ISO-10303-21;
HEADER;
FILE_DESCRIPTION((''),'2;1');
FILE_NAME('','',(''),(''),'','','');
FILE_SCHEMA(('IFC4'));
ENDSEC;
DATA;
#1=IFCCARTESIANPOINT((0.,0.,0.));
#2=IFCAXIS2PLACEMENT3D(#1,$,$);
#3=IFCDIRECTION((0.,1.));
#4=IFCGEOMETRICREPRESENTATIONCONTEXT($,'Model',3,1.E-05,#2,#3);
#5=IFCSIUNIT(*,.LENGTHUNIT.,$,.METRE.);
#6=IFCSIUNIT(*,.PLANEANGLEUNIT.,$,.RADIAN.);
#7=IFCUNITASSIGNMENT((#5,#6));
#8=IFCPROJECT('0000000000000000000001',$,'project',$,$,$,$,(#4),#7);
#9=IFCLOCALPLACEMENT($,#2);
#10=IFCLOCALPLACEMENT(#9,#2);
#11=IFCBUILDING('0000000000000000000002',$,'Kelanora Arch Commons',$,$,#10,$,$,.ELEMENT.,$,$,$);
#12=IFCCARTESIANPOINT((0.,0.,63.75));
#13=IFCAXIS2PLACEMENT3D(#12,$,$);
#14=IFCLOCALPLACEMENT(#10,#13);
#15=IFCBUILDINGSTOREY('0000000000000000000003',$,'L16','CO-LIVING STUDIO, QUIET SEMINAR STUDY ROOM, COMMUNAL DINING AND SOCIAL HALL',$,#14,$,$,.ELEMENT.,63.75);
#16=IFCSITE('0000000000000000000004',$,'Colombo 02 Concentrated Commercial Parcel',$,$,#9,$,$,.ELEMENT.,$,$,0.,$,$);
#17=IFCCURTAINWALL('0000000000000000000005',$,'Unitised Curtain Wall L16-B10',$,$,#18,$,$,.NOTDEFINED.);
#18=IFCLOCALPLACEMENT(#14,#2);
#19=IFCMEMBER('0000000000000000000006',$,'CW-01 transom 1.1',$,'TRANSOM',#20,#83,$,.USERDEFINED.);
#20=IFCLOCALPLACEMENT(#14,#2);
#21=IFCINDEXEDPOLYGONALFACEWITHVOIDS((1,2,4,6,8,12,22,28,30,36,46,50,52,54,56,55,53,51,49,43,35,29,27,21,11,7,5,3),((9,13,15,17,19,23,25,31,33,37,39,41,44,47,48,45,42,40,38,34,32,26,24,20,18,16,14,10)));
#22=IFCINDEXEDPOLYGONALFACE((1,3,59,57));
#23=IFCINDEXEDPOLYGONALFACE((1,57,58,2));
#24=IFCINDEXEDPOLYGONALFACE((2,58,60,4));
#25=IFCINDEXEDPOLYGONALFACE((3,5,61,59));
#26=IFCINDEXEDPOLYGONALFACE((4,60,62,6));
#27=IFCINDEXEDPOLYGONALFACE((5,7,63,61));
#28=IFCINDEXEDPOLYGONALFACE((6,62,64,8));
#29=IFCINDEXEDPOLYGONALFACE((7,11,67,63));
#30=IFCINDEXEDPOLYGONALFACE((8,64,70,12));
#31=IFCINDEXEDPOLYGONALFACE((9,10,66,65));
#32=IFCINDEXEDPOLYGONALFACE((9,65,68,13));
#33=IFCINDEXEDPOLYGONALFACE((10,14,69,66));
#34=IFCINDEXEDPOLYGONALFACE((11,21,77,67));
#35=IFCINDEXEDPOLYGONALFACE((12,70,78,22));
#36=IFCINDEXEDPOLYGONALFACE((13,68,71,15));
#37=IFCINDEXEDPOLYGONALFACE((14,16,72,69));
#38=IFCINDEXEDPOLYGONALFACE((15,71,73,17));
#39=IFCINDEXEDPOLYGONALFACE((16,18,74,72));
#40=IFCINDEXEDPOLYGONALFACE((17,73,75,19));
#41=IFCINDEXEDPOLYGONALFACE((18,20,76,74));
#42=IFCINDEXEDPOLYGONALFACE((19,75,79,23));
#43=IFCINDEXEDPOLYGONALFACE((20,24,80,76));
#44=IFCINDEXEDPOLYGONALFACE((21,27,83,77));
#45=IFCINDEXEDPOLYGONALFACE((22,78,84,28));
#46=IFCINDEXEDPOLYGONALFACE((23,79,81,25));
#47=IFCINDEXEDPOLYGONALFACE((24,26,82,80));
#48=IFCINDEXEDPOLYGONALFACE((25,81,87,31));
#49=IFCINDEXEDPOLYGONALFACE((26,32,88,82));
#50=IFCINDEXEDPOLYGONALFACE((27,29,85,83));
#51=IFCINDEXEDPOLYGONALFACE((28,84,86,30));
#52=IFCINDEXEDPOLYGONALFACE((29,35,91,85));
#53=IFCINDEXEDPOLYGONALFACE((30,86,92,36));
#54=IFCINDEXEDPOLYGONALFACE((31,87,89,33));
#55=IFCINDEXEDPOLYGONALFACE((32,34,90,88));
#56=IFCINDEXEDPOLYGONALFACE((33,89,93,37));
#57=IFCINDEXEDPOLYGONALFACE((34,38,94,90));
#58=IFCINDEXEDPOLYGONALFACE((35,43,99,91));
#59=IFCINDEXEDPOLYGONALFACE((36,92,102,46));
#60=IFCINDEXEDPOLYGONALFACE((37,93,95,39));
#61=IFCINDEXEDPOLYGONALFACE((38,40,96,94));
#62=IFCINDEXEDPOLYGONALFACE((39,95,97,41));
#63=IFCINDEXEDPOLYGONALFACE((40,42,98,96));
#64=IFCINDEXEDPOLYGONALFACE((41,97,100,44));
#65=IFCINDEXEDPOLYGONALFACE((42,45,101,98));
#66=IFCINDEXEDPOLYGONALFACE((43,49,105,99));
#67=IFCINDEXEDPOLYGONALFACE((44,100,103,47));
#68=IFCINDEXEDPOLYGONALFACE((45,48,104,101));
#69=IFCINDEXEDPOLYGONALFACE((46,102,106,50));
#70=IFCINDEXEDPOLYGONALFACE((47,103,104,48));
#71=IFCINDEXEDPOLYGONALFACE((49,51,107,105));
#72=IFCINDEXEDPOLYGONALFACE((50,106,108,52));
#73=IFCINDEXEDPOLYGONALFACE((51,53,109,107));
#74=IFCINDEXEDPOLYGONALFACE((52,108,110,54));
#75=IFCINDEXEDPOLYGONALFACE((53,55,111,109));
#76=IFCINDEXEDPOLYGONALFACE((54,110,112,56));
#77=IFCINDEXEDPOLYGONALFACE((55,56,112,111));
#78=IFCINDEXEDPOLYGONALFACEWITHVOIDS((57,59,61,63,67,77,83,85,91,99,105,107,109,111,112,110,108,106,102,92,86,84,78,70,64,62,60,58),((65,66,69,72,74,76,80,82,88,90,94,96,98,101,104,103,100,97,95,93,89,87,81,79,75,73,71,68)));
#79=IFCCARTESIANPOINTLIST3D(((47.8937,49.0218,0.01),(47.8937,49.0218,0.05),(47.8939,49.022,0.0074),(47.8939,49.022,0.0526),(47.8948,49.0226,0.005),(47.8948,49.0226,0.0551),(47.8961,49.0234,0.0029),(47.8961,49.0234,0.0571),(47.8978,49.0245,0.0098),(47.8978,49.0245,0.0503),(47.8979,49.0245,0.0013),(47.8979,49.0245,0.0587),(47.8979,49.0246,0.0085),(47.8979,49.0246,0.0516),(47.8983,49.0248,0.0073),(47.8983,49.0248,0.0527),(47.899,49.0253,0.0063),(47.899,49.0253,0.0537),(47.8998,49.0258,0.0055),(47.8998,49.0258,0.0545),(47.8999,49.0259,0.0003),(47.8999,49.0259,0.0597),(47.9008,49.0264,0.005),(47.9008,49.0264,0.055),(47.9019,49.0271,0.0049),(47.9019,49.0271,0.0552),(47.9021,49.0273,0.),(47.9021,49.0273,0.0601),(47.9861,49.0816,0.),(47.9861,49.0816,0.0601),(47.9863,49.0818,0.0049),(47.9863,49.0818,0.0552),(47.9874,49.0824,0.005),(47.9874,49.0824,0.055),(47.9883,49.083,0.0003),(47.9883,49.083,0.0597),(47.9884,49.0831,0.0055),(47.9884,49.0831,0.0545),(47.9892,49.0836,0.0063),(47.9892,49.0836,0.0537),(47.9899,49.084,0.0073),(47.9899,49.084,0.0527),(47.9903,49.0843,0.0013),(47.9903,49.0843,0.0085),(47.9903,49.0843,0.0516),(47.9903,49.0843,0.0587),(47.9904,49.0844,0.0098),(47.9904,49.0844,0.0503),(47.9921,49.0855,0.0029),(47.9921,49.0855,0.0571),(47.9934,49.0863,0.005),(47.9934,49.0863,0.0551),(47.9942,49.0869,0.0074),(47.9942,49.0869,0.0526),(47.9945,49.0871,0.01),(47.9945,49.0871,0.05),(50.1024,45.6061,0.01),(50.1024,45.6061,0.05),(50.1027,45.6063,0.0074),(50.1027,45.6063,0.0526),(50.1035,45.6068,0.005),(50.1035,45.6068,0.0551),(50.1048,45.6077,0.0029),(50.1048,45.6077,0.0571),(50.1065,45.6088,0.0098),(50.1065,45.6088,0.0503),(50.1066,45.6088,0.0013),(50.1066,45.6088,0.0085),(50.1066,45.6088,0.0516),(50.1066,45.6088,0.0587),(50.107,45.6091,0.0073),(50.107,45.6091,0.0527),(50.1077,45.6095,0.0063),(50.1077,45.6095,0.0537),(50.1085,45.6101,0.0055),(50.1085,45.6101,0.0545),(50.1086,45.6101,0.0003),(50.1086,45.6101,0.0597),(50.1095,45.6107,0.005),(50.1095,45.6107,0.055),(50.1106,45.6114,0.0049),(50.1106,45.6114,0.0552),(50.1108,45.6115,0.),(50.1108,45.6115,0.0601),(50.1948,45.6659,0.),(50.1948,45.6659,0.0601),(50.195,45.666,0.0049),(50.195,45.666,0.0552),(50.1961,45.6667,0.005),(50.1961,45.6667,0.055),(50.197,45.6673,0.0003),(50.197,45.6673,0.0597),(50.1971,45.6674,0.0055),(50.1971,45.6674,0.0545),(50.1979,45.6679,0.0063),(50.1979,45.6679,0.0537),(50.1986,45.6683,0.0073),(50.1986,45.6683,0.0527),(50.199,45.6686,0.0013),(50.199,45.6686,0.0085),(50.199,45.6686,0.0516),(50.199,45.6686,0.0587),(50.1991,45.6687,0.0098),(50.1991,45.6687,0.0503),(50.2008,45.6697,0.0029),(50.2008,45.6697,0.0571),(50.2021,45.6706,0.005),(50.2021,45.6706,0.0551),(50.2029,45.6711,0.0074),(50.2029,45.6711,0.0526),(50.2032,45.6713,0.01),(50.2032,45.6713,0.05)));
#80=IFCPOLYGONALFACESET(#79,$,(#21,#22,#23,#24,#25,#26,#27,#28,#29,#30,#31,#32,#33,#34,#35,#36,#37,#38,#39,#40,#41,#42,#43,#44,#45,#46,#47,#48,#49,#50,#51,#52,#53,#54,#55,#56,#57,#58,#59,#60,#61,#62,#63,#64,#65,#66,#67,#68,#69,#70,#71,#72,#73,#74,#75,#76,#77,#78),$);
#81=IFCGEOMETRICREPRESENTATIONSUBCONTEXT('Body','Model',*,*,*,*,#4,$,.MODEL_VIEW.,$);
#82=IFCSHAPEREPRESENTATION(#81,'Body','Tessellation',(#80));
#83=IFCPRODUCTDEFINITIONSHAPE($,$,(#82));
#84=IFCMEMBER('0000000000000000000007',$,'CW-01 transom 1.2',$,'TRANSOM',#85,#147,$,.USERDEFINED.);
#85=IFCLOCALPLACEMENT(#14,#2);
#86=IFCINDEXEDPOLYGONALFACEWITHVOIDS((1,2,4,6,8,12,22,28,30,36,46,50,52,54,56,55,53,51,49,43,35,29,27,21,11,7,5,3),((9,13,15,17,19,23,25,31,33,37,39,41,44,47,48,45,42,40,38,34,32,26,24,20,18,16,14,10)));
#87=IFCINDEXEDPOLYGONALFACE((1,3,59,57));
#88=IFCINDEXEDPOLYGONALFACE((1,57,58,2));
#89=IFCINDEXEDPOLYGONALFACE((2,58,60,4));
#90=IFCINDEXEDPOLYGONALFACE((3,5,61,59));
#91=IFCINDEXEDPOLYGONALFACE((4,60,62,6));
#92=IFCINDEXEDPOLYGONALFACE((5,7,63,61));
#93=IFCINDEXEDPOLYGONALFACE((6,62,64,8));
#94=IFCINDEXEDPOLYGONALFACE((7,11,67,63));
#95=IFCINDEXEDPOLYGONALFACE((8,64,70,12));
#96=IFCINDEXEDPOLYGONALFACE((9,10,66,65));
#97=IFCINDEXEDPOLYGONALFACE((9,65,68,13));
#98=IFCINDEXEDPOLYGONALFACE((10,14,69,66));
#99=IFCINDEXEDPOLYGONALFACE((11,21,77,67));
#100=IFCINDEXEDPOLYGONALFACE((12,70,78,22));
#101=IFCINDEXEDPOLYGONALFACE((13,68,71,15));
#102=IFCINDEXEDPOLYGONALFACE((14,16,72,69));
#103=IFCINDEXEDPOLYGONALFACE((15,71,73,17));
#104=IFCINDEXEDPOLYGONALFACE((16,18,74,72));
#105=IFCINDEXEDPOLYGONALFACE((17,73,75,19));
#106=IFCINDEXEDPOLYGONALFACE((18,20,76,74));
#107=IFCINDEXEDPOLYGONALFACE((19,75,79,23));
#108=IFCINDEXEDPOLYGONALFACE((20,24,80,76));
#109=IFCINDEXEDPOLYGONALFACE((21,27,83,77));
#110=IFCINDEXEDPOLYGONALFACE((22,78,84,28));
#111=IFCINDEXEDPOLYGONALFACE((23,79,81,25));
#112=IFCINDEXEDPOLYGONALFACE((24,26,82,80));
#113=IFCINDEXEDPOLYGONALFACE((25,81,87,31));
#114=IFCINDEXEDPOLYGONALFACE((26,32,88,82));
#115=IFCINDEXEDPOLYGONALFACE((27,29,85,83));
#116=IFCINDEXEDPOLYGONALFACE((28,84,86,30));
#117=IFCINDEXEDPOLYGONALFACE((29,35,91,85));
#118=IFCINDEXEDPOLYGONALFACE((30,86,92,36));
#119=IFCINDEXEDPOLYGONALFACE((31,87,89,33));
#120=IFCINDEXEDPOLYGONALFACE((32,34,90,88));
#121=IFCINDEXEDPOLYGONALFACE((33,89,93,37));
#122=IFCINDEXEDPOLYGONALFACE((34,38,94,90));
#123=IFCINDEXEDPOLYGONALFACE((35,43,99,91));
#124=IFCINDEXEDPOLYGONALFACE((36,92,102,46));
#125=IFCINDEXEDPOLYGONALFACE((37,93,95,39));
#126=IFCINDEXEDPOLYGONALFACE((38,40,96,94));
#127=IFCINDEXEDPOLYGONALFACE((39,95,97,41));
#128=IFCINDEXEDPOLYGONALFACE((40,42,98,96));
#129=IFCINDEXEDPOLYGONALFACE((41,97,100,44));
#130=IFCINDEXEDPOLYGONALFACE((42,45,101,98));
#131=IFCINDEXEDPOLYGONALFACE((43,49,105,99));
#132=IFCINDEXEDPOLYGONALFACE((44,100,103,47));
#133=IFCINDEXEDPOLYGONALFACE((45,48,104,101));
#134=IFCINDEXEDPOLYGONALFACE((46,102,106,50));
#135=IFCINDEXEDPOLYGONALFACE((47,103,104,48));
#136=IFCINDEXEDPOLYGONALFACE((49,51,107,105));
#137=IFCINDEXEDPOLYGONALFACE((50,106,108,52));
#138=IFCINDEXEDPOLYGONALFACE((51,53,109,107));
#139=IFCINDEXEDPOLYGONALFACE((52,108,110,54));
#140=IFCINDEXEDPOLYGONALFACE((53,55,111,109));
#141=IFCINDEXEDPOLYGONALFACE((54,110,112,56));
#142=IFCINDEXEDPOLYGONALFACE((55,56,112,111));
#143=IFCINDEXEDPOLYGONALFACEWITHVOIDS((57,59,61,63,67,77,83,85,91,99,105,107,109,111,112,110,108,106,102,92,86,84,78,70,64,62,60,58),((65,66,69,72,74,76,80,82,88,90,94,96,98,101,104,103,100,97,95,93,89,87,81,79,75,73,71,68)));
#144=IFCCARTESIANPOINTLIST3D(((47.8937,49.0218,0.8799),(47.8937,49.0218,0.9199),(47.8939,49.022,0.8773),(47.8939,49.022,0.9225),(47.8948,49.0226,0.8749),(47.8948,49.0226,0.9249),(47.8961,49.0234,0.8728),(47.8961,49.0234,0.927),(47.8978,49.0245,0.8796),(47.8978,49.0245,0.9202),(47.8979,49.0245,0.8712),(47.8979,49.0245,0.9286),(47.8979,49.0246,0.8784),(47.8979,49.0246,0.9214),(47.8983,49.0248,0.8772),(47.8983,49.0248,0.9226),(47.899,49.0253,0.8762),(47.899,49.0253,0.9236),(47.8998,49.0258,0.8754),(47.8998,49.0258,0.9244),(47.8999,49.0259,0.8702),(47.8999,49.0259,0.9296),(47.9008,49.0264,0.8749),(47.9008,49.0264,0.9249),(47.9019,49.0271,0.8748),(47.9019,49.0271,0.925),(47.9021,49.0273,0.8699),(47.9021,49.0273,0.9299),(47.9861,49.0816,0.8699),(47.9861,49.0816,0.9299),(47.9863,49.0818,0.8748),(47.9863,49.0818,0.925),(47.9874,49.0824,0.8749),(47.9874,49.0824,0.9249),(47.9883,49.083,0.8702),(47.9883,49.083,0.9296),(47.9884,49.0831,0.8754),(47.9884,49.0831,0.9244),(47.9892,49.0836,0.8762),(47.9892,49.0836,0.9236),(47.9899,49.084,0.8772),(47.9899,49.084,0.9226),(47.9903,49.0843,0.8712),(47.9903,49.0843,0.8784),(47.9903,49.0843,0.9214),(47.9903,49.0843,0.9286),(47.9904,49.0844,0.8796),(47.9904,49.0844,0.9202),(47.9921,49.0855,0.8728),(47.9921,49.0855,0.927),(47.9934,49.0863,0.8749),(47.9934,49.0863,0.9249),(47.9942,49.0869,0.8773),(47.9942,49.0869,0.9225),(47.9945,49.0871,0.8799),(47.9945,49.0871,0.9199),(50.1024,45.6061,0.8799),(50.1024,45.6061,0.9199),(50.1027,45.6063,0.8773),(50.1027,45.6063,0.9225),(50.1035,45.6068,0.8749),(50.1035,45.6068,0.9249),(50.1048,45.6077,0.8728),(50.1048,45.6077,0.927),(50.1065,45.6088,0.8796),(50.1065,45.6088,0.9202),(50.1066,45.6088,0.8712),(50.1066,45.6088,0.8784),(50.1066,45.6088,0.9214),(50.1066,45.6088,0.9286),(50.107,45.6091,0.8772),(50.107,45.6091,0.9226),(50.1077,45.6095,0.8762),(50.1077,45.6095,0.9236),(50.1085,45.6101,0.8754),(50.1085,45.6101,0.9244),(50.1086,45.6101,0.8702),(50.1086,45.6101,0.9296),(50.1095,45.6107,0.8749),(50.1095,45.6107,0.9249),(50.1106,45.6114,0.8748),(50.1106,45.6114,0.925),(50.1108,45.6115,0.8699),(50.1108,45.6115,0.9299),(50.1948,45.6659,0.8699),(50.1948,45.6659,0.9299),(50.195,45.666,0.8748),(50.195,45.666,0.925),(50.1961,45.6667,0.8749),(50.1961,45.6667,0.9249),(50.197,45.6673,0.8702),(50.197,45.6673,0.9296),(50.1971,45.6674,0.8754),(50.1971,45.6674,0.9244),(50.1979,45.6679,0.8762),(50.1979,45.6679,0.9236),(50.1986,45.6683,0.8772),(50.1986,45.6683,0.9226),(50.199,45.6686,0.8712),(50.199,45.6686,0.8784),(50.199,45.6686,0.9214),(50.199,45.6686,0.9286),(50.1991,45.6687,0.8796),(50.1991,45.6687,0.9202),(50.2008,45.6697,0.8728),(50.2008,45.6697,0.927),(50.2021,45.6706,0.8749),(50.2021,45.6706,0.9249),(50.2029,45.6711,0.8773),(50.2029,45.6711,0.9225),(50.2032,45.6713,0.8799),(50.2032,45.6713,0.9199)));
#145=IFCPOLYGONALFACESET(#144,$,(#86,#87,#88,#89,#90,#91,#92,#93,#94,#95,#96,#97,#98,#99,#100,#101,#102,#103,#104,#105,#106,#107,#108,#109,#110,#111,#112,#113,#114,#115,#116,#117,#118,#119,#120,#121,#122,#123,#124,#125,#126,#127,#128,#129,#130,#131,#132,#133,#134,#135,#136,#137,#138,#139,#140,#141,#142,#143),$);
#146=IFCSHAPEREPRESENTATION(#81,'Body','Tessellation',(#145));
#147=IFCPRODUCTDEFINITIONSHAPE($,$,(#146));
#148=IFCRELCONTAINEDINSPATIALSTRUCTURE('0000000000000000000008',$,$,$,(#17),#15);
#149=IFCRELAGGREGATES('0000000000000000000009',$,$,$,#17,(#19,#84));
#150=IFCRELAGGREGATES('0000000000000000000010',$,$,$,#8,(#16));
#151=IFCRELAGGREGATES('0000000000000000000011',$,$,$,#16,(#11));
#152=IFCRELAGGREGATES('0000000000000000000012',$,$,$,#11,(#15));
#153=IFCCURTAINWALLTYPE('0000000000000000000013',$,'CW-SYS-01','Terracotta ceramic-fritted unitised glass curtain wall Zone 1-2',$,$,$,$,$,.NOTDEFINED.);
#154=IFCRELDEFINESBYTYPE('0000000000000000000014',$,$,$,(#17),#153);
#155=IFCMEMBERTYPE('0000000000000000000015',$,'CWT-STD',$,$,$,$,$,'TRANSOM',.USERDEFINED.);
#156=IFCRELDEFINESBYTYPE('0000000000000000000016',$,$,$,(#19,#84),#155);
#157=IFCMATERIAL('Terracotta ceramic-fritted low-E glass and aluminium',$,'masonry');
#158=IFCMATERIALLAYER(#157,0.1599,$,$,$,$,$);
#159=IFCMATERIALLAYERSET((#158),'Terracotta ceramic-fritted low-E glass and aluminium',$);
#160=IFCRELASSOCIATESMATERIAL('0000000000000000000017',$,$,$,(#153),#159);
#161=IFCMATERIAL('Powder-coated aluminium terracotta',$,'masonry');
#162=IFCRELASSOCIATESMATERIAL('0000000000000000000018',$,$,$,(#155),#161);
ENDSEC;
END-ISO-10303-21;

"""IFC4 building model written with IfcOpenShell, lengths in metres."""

from ifc_helpers import new_model, si_unit, direction, frame, origin, origin_2d, place, context, subcontext, project, spatial, hollow_rectangle, extrude, material, layer, layer_set, material_profile, profile_set, type_object, element, aggregate, save


model = new_model("IFC4")

# Units and contexts
model_context = context("Model", 3, precision=1e-05, world=origin(), true_north=direction((0.0, 1.0)))
body_context = subcontext(model_context, "Body", "Model", "MODEL_VIEW")
ifc_project = project(units=[si_unit("LENGTHUNIT", "METRE"), si_unit("PLANEANGLEUNIT", "RADIAN")], contexts=[model_context])

# Site, building, storey
site_placement = place(None, origin())
site = spatial("IfcSite", under=ifc_project, at=site_placement, Name="Colombo 02 Concentrated Commercial Parcel", CompositionType="ELEMENT", RefElevation=0.0)
building_placement = place(site_placement, origin())
building = spatial("IfcBuilding", under=site, at=building_placement, Name="Kelanora Arch Commons", CompositionType="ELEMENT")
storey_placement = place(building_placement, frame((0.0, 0.0, 63.75)))
storey = spatial("IfcBuildingStorey", under=building, at=storey_placement, Name="L16", Description="CO-LIVING STUDIO, QUIET SEMINAR STUDY ROOM, COMMUNAL DINING AND SOCIAL HALL", CompositionType="ELEMENT", Elevation=63.75)

# Shared definitions
ifc_material_1 = material(Name="Terracotta ceramic-fritted low-E glass and aluminium", Category="masonry")
ifc_layer_1 = layer(ifc_material_1, 0.1599)
ifc_layer_set_1 = layer_set([ifc_layer_1], Name="Terracotta ceramic-fritted low-E glass and aluminium")
curtain_wall_type = type_object("IfcCurtainWallType", Name="CW-SYS-01", Description="Terracotta ceramic-fritted unitised glass curtain wall Zone 1-2", PredefinedType="NOTDEFINED", material=ifc_layer_set_1)
ifc_material_2 = material(Name="Powder-coated aluminium terracotta", Category="masonry")

# Curtain wall, members
curtain_wall_1_placement = place(storey_placement, origin())
curtain_wall_1 = element("IfcCurtainWall", 1, at=curtain_wall_1_placement, inside=storey, type_object=curtain_wall_type, Name="Unitised Curtain Wall L16-B10", PredefinedType="NOTDEFINED")
ifc_material_profile_1 = material_profile(ifc_material_2, hollow_rectangle(XDim=0.1201, YDim=0.0601, WallThickness=0.0049, InnerFilletRadius=0.0049, OuterFilletRadius=0.01, at=origin_2d()), Name="CWT120x60")
ifc_profile_set_1 = profile_set([ifc_material_profile_1], Name="Powder-coated aluminium terracotta")
member_type_1 = type_object("IfcMemberType", Name="CWT-STD", ElementType="TRANSOM", PredefinedType="USERDEFINED", material=ifc_profile_set_1)
member_1_placement = place(storey_placement, frame((47.9441, 49.0544, 0.03), z_axis=(0.542997, -0.839734, 0.0), x_axis=(0.839734, 0.542997, 0.0)))
member_1 = element("IfcMember", 2, at=member_1_placement, type_object=member_type_1, Name="CW-01 transom 1.1", ObjectType="TRANSOM", PredefinedType="USERDEFINED", context=body_context, shape_type="SweptSolid", body=[
    extrude(hollow_rectangle(XDim=0.1201, YDim=0.0601, WallThickness=0.0049, InnerFilletRadius=0.0049, OuterFilletRadius=0.01, at=origin_2d()), origin(), (0.0, 0.0, 1.0), 4.0676),
])
member_2_placement = place(storey_placement, frame((47.9441, 49.0544, 0.8999), z_axis=(0.542997, -0.839734, 0.0), x_axis=(0.839734, 0.542997, 0.0)))
member_2 = element("IfcMember", 3, at=member_2_placement, type_object=member_type_1, Name="CW-01 transom 1.2", ObjectType="TRANSOM", PredefinedType="USERDEFINED", context=body_context, shape_type="SweptSolid", body=[
    extrude(hollow_rectangle(XDim=0.1201, YDim=0.0601, WallThickness=0.0049, InnerFilletRadius=0.0049, OuterFilletRadius=0.01, at=origin_2d()), origin(), (0.0, 0.0, 1.0), 4.0676),
])

aggregate(curtain_wall_1, [member_1, member_2])

save(model, "model.ifc")
